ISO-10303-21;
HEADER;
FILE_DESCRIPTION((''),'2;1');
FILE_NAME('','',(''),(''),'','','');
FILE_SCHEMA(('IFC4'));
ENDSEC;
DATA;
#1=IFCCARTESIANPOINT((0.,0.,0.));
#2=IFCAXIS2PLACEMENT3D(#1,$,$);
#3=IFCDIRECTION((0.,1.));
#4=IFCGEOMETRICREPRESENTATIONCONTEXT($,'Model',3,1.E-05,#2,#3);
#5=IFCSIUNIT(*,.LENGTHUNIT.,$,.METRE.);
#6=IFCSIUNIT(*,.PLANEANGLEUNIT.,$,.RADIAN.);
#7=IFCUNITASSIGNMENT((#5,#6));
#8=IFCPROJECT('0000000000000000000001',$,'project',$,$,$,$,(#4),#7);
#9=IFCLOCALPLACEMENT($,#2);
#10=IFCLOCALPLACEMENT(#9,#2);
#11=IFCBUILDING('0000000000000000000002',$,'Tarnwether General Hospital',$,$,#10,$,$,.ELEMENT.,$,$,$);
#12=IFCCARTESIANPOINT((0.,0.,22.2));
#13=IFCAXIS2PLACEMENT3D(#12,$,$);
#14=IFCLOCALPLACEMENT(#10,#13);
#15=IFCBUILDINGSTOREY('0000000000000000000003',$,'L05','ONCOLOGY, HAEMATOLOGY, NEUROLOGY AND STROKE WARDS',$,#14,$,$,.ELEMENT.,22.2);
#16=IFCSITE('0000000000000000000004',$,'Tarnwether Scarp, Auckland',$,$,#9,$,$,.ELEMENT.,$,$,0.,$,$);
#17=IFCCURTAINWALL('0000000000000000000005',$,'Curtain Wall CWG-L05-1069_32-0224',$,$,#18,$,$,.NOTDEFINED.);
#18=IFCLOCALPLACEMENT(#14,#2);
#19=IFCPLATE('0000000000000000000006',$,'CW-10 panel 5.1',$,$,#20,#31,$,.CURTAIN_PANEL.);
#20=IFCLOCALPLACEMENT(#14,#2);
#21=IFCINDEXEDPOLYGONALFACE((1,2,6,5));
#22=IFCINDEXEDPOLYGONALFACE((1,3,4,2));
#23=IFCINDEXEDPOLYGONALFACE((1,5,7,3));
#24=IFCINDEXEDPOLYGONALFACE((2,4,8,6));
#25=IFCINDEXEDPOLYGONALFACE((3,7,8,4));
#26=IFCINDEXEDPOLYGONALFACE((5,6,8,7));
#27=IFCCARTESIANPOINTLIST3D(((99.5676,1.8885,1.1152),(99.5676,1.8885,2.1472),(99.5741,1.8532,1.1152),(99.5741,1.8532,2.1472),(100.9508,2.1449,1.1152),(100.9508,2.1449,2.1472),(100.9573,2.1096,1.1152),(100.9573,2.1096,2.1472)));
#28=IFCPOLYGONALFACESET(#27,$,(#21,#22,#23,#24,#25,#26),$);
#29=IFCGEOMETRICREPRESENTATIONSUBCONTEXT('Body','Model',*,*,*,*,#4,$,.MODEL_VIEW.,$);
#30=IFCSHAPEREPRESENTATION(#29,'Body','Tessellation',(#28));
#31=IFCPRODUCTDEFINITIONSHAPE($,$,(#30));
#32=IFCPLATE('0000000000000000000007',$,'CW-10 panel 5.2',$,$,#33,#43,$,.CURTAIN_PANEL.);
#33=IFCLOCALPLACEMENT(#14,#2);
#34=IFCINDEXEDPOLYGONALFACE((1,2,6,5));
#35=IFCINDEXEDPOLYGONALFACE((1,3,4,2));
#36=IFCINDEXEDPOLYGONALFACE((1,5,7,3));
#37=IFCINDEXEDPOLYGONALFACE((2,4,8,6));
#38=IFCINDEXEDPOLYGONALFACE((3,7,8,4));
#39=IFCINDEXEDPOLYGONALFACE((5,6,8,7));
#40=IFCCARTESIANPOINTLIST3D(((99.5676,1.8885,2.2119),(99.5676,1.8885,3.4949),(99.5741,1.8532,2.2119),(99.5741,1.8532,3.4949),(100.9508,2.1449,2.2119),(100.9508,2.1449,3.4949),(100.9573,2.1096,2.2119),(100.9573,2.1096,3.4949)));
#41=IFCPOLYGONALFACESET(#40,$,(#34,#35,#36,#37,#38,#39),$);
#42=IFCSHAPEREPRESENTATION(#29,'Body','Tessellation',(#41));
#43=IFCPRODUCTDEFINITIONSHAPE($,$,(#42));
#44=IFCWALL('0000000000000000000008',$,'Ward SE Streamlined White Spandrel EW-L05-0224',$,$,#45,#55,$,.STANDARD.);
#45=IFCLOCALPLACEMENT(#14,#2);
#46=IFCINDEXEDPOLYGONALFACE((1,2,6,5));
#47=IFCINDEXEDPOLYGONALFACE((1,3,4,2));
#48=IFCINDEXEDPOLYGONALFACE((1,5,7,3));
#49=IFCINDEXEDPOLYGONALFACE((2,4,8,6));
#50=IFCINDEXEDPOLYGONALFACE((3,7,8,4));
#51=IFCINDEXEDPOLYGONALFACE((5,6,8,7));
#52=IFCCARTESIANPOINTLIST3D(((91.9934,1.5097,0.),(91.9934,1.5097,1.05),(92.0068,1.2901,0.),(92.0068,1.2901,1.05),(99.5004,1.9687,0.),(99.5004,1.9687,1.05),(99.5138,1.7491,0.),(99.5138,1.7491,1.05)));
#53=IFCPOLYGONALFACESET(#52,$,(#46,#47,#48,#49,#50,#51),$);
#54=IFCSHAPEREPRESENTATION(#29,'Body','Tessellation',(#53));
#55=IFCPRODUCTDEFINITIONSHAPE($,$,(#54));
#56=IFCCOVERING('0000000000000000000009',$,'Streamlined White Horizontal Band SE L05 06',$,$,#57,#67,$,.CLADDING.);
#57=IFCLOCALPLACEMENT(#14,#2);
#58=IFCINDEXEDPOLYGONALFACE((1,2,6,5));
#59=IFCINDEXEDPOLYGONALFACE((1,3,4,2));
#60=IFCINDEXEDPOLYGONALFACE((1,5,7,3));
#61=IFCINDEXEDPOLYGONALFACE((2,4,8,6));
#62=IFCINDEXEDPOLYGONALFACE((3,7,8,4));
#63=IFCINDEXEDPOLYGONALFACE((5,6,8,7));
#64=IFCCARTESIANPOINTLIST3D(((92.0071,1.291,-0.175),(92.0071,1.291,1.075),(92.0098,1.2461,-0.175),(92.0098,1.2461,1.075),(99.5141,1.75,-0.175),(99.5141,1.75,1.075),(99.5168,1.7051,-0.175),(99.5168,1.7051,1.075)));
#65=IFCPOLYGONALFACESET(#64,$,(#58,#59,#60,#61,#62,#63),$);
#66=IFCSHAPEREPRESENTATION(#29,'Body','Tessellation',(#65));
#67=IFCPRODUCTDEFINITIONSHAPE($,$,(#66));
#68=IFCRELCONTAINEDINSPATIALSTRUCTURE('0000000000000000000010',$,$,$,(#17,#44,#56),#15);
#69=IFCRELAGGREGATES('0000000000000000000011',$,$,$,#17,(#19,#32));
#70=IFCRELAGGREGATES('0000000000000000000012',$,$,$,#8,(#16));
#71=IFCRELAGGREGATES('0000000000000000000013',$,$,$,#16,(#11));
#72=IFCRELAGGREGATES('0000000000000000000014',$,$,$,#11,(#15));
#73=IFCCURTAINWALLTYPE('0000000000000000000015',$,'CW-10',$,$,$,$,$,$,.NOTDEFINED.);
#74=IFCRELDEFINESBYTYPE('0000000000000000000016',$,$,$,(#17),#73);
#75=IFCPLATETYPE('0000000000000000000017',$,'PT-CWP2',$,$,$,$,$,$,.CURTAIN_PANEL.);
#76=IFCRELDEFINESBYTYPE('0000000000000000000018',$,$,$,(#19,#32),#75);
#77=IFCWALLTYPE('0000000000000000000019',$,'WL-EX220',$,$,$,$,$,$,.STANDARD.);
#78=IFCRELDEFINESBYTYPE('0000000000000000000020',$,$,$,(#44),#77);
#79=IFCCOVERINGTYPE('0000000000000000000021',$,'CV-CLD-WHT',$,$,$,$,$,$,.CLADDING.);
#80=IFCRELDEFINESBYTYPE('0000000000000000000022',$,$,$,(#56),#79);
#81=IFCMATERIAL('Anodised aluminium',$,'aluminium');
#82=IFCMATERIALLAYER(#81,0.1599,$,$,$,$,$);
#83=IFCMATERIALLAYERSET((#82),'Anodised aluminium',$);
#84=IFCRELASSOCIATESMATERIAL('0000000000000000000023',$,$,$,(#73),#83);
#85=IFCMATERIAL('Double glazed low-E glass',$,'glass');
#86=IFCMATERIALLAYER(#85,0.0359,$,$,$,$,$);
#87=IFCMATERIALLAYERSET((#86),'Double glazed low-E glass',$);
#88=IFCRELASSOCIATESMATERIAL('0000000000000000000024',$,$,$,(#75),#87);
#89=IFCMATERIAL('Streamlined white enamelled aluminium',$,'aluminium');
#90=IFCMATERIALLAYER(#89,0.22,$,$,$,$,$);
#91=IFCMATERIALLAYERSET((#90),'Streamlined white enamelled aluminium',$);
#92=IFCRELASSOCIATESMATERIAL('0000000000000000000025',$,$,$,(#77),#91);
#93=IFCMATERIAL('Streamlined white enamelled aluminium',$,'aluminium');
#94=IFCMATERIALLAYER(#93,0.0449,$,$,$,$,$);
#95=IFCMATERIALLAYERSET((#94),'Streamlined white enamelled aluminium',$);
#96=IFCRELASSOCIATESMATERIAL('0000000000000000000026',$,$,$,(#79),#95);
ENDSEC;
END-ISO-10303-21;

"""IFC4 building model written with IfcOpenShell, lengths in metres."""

from ifc_helpers import new_model, si_unit, direction, frame, frame_2d, origin, origin_2d, place, context, subcontext, project, spatial, rectangle, extrude, material, layer, layer_set, type_object, element, aggregate, save


model = new_model("IFC4")

# Units and contexts
model_context = context("Model", 3, precision=1e-05, world=origin(), true_north=direction((0.0, 1.0)))
body_context = subcontext(model_context, "Body", "Model", "MODEL_VIEW")
ifc_project = project(units=[si_unit("LENGTHUNIT", "METRE"), si_unit("PLANEANGLEUNIT", "RADIAN")], contexts=[model_context])

# Site, building, storey
site_placement = place(None, origin())
site = spatial("IfcSite", under=ifc_project, at=site_placement, Name="Tarnwether Scarp, Auckland", CompositionType="ELEMENT", RefElevation=0.0)
building_placement = place(site_placement, origin())
building = spatial("IfcBuilding", under=site, at=building_placement, Name="Tarnwether General Hospital", CompositionType="ELEMENT")
storey_placement = place(building_placement, frame((0.0, 0.0, 22.2)))
storey = spatial("IfcBuildingStorey", under=building, at=storey_placement, Name="L05", Description="ONCOLOGY, HAEMATOLOGY, NEUROLOGY AND STROKE WARDS", CompositionType="ELEMENT", Elevation=22.2)

# Curtain wall
ifc_material_1 = material(Name="Anodised aluminium", Category="aluminium")
ifc_layer_1 = layer(ifc_material_1, 0.1599)
ifc_layer_set_1 = layer_set([ifc_layer_1], Name="Anodised aluminium")
curtain_wall_type = type_object("IfcCurtainWallType", Name="CW-10", PredefinedType="NOTDEFINED", material=ifc_layer_set_1)
curtain_wall_1_placement = place(storey_placement, origin())
curtain_wall_1 = element("IfcCurtainWall", 1, at=curtain_wall_1_placement, inside=storey, type_object=curtain_wall_type, Name="Curtain Wall CWG-L05-1069_32-0224", PredefinedType="NOTDEFINED")

# Plates
ifc_material_2 = material(Name="Double glazed low-E glass", Category="glass")
ifc_layer_2 = layer(ifc_material_2, 0.0359)
ifc_layer_set_2 = layer_set([ifc_layer_2], Name="Double glazed low-E glass")
plate_type_1 = type_object("IfcPlateType", Name="PT-CWP2", PredefinedType="CURTAIN_PANEL", material=ifc_layer_set_2)
plate_1_placement = place(storey_placement, frame((100.2625, 1.999, 1.1152), z_axis=(0.0, 0.0, 1.0), x_axis=(-0.983245, -0.182289, 0.0)))
plate_1 = element("IfcPlate", 2, at=plate_1_placement, type_object=plate_type_1, Name="CW-10 panel 5.1", PredefinedType="CURTAIN_PANEL", context=body_context, shape_type="SweptSolid", body=[
    extrude(rectangle(XDim=1.4067, YDim=0.0359, at=origin_2d()), origin(), (0.0, 0.0, 1.0), 1.032),
])
plate_2_placement = place(storey_placement, frame((100.2625, 1.999, 2.2119), z_axis=(0.0, 0.0, 1.0), x_axis=(-0.983245, -0.182289, 0.0)))
plate_2 = element("IfcPlate", 3, at=plate_2_placement, type_object=plate_type_1, Name="CW-10 panel 5.2", PredefinedType="CURTAIN_PANEL", context=body_context, shape_type="SweptSolid", body=[
    extrude(rectangle(XDim=1.4067, YDim=0.0359, at=origin_2d()), origin(), (0.0, 0.0, 1.0), 1.283),
])
aggregate(curtain_wall_1, [plate_1, plate_2])

# Wall
ifc_material_3 = material(Name="Streamlined white enamelled aluminium", Category="aluminium")
ifc_layer_3 = layer(ifc_material_3, 0.22)
ifc_layer_set_3 = layer_set([ifc_layer_3], Name="Streamlined white enamelled aluminium")
wall_type = type_object("IfcWallType", Name="WL-EX220", PredefinedType="STANDARD", material=ifc_layer_set_3)
wall_placement = place(storey_placement, frame((99.5071, 1.8589, 0.0), z_axis=(0.0, 0.0, 1.0), x_axis=(-0.998136, -0.061026, 0.0)))
element("IfcWall", 4, at=wall_placement, inside=storey, type_object=wall_type, Name="Ward SE Streamlined White Spandrel EW-L05-0224", PredefinedType="STANDARD", context=body_context, shape_type="SweptSolid", body=[
    extrude(rectangle(XDim=7.521, YDim=0.22, at=frame_2d((3.7605, 0.0))), origin(), (0.0, 0.0, 1.0), 1.05),
])

# Covering
ifc_material_4 = material(Name="Streamlined white enamelled aluminium", Category="aluminium")
ifc_layer_4 = layer(ifc_material_4, 0.0449)
ifc_layer_set_4 = layer_set([ifc_layer_4], Name="Streamlined white enamelled aluminium")
covering_type = type_object("IfcCoveringType", Name="CV-CLD-WHT", PredefinedType="CLADDING", material=ifc_layer_set_4)
covering_placement = place(storey_placement, frame((95.762, 1.498, -0.175), z_axis=(0.0, 0.0, 1.0), x_axis=(-0.998136, -0.061031, 0.0)))
element("IfcCovering", 5, at=covering_placement, inside=storey, type_object=covering_type, Name="Streamlined White Horizontal Band SE L05 06", PredefinedType="CLADDING", context=body_context, shape_type="SweptSolid", body=[
    extrude(rectangle(XDim=7.521, YDim=0.0449, at=origin_2d()), origin(), (0.0, 0.0, 1.0), 1.25),
])

save(model, "model.ifc")
